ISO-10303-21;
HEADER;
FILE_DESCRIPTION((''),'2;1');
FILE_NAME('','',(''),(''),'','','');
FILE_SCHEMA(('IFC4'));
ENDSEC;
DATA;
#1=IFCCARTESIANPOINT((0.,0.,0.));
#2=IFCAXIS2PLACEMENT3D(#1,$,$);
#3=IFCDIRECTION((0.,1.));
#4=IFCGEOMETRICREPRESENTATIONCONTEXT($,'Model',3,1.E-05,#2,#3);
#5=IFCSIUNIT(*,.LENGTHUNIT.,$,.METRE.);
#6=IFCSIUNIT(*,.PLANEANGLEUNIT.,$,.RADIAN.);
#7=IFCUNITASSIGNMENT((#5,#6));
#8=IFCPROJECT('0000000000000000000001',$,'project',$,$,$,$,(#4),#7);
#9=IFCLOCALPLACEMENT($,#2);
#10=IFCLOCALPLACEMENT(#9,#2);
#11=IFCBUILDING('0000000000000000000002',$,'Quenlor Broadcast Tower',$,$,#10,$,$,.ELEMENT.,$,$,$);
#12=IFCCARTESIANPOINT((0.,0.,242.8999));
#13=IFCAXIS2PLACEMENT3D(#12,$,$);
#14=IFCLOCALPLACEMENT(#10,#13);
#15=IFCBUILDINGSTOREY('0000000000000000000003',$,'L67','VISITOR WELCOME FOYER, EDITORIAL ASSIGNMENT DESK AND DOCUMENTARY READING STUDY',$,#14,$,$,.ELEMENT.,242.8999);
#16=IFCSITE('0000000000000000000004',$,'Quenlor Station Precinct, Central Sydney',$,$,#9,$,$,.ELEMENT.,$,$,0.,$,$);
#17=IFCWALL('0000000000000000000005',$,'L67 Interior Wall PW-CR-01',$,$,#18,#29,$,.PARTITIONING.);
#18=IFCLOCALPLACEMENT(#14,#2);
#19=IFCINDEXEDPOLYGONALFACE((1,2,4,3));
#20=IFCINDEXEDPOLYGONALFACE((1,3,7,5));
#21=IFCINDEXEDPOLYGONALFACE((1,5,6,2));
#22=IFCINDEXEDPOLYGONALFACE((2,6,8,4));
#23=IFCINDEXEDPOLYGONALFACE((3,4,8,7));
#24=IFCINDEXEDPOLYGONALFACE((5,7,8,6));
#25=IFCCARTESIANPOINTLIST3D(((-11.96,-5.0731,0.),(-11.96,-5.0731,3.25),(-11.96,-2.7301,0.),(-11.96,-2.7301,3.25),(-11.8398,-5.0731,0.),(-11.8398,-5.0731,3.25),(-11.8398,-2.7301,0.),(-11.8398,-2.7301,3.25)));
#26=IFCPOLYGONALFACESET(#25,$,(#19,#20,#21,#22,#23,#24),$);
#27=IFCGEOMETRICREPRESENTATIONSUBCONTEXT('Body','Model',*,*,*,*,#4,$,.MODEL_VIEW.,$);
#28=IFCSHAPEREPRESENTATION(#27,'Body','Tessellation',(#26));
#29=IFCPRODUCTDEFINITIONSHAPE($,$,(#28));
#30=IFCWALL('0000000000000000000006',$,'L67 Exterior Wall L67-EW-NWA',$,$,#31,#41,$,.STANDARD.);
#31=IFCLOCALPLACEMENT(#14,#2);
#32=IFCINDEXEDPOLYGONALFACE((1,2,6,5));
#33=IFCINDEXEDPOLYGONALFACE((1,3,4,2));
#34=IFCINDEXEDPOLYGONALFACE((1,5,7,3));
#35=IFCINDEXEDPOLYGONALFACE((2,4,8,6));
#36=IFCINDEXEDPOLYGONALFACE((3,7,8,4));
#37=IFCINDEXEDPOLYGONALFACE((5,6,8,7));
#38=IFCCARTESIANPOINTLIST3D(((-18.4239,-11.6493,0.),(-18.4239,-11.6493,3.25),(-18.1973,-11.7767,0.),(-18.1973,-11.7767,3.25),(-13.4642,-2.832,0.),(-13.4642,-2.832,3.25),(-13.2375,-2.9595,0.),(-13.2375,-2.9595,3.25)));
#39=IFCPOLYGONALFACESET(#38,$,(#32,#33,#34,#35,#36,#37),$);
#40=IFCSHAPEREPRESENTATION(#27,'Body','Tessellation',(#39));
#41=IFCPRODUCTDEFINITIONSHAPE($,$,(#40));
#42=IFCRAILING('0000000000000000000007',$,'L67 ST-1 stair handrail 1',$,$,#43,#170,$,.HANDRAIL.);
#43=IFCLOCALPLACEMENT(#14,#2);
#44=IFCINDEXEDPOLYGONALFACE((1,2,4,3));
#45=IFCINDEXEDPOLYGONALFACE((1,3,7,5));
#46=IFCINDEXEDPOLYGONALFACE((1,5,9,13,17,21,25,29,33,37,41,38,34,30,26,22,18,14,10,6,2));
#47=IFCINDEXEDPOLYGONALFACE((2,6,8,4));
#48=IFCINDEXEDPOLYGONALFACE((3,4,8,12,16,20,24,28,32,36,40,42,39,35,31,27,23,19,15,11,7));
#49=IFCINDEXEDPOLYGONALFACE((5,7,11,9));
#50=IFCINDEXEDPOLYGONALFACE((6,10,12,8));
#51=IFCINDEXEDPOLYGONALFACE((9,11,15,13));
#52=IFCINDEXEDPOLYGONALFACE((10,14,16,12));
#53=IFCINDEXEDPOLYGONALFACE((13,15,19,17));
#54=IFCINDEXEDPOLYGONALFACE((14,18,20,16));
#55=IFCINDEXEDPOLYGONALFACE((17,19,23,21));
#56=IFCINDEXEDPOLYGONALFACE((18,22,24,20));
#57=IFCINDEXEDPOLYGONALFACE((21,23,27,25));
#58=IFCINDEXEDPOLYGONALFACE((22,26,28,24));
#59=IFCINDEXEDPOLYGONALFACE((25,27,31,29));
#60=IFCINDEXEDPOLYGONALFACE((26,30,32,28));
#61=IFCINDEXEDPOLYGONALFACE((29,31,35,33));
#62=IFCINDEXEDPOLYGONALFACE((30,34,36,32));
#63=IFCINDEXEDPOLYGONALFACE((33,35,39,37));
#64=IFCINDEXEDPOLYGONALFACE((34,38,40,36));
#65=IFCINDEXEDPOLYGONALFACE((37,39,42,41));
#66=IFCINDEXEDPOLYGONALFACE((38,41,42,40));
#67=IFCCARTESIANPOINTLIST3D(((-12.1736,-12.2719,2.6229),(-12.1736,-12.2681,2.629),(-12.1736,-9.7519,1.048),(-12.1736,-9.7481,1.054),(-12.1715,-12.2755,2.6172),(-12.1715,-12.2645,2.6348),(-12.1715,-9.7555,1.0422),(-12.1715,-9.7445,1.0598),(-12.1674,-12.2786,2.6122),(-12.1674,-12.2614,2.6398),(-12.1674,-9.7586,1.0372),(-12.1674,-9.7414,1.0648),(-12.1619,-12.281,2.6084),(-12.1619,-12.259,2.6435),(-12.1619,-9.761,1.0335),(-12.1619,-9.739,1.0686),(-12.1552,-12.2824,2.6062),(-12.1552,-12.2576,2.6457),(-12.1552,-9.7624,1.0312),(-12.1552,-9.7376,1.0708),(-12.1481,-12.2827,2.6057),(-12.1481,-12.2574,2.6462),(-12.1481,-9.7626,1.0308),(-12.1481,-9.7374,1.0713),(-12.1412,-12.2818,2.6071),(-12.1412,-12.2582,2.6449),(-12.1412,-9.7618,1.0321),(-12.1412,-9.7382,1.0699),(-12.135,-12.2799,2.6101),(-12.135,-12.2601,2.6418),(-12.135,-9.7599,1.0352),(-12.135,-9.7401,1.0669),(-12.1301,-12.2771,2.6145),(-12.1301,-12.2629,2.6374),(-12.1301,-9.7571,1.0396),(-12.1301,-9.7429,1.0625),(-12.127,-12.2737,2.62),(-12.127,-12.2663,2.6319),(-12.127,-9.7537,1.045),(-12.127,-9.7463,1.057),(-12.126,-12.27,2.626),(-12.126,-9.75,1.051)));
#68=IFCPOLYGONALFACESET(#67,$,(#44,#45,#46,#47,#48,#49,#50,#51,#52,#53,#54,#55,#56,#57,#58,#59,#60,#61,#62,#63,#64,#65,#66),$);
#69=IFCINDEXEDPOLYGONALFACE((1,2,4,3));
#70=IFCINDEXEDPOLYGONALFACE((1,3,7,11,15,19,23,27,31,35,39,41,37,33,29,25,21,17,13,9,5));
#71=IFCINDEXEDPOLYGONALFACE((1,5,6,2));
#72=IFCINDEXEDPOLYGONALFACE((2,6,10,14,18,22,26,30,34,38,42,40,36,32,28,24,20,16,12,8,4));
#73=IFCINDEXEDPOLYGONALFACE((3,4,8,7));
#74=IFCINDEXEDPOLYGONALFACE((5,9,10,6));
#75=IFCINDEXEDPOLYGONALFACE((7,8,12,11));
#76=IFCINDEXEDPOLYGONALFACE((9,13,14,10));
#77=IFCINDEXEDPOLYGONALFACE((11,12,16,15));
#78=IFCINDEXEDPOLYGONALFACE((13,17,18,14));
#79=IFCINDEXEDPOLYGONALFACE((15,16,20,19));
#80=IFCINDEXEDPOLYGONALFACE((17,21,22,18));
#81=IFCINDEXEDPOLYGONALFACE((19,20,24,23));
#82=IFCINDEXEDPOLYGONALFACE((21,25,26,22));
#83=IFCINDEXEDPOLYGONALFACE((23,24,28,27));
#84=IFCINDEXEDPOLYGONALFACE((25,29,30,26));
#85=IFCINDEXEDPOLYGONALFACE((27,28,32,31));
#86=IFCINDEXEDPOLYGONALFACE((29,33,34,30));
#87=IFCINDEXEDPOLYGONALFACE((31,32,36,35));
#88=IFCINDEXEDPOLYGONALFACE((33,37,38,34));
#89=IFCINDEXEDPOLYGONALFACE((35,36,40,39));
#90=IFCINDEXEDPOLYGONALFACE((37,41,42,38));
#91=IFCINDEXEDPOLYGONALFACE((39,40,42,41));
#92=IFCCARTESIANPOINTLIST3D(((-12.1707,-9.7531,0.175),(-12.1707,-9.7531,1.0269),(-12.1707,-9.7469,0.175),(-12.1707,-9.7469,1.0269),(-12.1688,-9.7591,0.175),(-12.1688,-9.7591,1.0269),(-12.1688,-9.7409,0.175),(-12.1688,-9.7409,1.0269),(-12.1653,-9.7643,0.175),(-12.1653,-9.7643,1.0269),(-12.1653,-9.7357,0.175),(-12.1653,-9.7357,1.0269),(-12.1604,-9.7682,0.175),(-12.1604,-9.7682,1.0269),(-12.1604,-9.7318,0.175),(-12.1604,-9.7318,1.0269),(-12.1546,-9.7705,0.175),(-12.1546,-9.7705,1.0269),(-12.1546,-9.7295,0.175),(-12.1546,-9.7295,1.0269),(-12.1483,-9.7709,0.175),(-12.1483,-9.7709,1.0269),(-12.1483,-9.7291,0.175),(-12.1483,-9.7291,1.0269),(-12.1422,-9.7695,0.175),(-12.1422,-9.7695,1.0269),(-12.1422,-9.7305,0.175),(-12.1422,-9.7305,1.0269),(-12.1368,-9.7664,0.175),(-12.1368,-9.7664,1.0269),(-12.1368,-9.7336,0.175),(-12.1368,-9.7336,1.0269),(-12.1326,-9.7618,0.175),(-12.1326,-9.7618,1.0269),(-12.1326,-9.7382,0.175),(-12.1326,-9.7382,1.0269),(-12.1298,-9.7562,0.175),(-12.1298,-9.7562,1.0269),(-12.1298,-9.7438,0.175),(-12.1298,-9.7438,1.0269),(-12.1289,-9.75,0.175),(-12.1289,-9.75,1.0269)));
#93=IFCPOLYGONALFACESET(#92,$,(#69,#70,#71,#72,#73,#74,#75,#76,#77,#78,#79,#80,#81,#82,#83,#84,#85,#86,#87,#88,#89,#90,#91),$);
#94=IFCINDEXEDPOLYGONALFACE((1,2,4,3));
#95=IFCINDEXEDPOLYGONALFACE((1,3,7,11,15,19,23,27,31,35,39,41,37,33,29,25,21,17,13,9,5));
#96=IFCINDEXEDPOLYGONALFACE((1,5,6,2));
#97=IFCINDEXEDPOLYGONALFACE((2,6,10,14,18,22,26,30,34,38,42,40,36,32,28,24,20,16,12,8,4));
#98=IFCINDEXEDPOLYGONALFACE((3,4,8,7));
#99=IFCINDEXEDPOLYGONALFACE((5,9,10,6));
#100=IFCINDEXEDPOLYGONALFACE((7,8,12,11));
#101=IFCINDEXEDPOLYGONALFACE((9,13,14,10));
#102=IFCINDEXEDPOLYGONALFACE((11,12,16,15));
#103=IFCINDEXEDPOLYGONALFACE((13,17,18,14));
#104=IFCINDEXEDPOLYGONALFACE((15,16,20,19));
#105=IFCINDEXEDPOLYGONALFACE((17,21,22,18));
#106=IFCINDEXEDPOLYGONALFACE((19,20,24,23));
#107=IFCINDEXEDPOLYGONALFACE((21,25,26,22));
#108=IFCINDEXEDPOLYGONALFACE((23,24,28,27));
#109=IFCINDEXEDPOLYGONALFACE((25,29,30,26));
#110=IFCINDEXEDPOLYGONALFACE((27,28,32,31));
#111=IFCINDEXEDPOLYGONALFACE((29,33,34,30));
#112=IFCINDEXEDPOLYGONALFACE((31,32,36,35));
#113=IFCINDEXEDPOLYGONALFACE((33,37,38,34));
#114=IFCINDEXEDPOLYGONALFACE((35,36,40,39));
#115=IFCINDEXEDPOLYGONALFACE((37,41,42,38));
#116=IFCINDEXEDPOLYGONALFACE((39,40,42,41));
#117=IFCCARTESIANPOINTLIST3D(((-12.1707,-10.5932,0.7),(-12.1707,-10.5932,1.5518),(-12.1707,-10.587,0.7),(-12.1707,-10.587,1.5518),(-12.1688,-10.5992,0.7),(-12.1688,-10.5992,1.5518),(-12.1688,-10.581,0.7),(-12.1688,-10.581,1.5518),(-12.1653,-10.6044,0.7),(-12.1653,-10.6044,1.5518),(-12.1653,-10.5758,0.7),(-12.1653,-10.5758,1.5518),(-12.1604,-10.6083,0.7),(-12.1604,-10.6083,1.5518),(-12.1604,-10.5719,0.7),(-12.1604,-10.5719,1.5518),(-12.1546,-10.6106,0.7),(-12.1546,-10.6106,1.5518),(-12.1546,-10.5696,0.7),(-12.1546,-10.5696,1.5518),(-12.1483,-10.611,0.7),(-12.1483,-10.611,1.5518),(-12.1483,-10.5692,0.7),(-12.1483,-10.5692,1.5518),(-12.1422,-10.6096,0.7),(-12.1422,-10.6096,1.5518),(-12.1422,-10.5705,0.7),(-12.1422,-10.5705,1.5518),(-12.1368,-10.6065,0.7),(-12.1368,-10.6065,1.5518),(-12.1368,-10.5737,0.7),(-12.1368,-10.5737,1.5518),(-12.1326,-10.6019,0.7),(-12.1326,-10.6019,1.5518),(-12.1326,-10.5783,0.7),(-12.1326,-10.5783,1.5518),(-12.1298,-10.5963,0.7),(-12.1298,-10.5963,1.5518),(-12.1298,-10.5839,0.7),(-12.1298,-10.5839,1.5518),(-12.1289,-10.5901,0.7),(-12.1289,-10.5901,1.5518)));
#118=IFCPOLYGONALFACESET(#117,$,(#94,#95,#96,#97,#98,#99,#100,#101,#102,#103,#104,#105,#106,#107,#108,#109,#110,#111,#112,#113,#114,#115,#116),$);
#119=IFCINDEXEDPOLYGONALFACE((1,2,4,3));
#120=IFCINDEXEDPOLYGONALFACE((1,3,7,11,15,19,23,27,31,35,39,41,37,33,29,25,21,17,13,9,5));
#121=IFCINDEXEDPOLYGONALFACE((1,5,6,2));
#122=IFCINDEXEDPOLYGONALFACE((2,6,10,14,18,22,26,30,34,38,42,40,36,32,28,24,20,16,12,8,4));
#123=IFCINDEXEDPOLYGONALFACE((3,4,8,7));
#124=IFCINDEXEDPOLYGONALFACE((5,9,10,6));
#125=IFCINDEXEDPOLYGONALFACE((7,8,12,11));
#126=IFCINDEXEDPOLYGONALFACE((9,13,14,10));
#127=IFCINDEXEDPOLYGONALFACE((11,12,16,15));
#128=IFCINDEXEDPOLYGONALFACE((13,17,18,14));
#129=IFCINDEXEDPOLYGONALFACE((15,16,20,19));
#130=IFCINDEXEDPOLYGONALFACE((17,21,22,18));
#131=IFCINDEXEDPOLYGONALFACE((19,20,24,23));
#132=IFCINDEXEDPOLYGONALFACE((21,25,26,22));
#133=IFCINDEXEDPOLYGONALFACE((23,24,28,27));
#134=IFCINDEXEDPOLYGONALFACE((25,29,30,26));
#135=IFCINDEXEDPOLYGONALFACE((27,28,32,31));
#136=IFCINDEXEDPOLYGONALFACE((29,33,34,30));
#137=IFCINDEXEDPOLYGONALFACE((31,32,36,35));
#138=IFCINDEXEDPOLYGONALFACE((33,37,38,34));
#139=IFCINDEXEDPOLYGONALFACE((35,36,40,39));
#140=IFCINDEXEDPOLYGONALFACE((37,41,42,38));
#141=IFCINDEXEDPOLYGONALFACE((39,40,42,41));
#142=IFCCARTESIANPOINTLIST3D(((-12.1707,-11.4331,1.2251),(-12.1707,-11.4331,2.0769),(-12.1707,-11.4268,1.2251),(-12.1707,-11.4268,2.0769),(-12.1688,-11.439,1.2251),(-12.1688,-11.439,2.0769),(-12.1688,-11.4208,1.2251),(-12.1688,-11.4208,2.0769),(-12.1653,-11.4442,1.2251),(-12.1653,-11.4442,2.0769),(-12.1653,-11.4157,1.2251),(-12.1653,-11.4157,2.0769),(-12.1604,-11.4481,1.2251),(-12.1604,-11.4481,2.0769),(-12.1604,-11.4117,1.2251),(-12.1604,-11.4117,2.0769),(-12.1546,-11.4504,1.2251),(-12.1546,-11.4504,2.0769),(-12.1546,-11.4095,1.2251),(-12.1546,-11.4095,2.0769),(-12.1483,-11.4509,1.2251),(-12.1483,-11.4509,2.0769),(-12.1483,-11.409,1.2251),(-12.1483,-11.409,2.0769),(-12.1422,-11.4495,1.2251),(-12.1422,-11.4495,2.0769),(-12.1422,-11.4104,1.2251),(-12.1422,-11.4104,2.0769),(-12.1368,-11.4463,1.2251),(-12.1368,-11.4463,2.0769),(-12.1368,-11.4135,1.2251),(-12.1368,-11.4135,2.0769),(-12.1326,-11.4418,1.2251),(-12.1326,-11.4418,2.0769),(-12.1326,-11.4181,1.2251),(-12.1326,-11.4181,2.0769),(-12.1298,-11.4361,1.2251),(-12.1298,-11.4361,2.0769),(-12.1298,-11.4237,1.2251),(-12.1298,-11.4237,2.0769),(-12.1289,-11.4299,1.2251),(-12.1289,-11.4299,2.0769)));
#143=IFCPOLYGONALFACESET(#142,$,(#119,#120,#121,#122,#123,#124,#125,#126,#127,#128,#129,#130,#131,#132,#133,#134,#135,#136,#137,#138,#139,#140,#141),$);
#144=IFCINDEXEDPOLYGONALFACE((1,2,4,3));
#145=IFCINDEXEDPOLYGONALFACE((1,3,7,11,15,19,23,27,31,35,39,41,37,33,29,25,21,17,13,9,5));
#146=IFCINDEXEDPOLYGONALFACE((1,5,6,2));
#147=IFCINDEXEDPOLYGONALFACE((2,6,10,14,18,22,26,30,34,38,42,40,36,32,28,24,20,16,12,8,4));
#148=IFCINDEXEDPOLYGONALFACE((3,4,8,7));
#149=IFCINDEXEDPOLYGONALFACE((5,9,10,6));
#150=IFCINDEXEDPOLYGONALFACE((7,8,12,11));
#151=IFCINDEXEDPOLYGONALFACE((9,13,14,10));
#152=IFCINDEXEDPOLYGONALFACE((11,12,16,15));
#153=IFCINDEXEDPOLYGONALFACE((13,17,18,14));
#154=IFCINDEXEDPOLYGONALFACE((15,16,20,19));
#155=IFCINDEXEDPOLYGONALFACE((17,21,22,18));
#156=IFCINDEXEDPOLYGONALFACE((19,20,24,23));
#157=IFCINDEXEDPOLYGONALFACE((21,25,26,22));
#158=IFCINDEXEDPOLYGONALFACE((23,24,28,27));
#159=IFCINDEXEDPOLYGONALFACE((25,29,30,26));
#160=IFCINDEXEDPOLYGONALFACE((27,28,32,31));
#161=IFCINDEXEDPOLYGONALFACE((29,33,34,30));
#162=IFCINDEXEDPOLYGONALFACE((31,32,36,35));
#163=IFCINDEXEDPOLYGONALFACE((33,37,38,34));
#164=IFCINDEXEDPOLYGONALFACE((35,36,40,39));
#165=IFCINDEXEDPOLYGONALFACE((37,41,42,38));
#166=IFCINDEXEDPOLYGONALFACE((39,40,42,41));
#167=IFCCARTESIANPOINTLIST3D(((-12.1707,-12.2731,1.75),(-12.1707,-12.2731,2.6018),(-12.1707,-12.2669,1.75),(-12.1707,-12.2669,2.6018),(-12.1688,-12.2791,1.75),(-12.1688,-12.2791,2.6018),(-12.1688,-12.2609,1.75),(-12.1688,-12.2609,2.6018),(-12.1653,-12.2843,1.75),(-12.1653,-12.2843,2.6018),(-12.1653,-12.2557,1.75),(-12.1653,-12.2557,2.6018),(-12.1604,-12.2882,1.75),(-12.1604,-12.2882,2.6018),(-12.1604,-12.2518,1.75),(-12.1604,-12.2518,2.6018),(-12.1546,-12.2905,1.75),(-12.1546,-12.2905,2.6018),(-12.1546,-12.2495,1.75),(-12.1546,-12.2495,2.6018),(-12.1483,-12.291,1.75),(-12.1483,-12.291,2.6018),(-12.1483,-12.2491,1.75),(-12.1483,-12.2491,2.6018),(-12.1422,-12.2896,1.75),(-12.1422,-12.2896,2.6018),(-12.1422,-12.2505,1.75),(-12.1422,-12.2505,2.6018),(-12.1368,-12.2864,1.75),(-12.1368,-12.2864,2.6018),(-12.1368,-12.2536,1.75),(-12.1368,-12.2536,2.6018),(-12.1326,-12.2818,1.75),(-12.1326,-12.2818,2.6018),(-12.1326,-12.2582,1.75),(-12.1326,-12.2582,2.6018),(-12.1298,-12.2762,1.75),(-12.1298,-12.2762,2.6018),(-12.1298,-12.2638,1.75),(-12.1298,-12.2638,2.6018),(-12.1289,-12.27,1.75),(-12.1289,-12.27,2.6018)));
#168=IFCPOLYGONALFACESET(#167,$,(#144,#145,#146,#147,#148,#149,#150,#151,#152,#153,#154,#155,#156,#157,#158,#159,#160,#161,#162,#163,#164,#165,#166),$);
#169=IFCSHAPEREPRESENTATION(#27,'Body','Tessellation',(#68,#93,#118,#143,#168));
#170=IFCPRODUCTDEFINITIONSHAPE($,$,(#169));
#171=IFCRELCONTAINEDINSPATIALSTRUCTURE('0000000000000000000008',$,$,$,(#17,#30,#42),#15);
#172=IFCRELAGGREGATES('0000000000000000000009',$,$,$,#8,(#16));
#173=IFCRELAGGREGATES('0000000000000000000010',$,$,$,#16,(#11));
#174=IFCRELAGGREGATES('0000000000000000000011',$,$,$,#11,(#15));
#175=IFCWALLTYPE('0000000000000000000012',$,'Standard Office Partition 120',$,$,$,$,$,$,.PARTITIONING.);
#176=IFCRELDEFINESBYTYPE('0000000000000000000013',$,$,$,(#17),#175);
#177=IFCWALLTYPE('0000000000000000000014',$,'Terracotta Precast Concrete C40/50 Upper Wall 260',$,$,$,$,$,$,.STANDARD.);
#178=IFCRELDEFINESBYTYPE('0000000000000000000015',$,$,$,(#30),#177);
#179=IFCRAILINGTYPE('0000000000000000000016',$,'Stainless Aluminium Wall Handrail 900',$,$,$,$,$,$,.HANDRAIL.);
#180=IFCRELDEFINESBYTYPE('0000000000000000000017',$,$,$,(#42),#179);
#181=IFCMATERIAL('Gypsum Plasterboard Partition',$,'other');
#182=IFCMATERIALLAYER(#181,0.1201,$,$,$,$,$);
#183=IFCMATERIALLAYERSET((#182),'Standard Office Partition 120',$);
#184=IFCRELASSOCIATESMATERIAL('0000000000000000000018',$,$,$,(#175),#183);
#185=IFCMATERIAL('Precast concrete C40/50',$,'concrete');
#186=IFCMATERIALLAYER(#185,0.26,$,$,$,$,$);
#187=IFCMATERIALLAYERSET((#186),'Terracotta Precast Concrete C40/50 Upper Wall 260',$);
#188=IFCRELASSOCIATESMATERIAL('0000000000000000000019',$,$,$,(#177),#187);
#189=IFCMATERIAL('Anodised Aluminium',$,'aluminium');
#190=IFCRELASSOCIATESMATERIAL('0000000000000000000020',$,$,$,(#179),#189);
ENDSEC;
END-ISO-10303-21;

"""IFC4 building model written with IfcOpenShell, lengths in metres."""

from ifc_helpers import new_model, si_unit, direction, frame, frame_2d, origin, origin_2d, place, context, subcontext, project, spatial, rectangle, circle, extrude, material, layer, layer_set, type_object, element, save


model = new_model("IFC4")

# Units and contexts
model_context = context("Model", 3, precision=1e-05, world=origin(), true_north=direction((0.0, 1.0)))
body_context = subcontext(model_context, "Body", "Model", "MODEL_VIEW")
ifc_project = project(units=[si_unit("LENGTHUNIT", "METRE"), si_unit("PLANEANGLEUNIT", "RADIAN")], contexts=[model_context])

# Site, building, storey
site_placement = place(None, origin())
site = spatial("IfcSite", under=ifc_project, at=site_placement, Name="Quenlor Station Precinct, Central Sydney", CompositionType="ELEMENT", RefElevation=0.0)
building_placement = place(site_placement, origin())
building = spatial("IfcBuilding", under=site, at=building_placement, Name="Quenlor Broadcast Tower", CompositionType="ELEMENT")
storey_placement = place(building_placement, frame((0.0, 0.0, 242.8999)))
storey = spatial("IfcBuildingStorey", under=building, at=storey_placement, Name="L67", Description="VISITOR WELCOME FOYER, EDITORIAL ASSIGNMENT DESK AND DOCUMENTARY READING STUDY", CompositionType="ELEMENT", Elevation=242.8999)

# Walls
ifc_material_1 = material(Name="Gypsum Plasterboard Partition", Category="other")
ifc_layer_1 = layer(ifc_material_1, 0.1201)
ifc_layer_set_1 = layer_set([ifc_layer_1], Name="Standard Office Partition 120")
wall_type_1 = type_object("IfcWallType", Name="Standard Office Partition 120", PredefinedType="PARTITIONING", material=ifc_layer_set_1)
wall_1_placement = place(storey_placement, frame((-11.8999, -5.073, 0.0), z_axis=(0.0, 0.0, 1.0), x_axis=(0.0, 1.0, 0.0)))
element("IfcWall", 1, at=wall_1_placement, inside=storey, type_object=wall_type_1, Name="L67 Interior Wall PW-CR-01", PredefinedType="PARTITIONING", context=body_context, shape_type="SweptSolid", body=[
    extrude(rectangle(XDim=2.343, YDim=0.1201, at=frame_2d((1.1714, 0.0))), origin(), (0.0, 0.0, 1.0), 3.25),
])
ifc_material_2 = material(Name="Precast concrete C40/50", Category="concrete")
ifc_layer_2 = layer(ifc_material_2, 0.26)
ifc_layer_set_2 = layer_set([ifc_layer_2], Name="Terracotta Precast Concrete C40/50 Upper Wall 260")
wall_type_2 = type_object("IfcWallType", Name="Terracotta Precast Concrete C40/50 Upper Wall 260", PredefinedType="STANDARD", material=ifc_layer_set_2)
wall_2_placement = place(storey_placement, frame((-18.3105, -11.7129, 0.0), z_axis=(0.0, 0.0, 1.0), x_axis=(0.490267, 0.871572, 0.0)))
element("IfcWall", 2, at=wall_2_placement, inside=storey, type_object=wall_type_2, Name="L67 Exterior Wall L67-EW-NWA", PredefinedType="STANDARD", context=body_context, shape_type="SweptSolid", body=[
    extrude(rectangle(XDim=10.1165, YDim=0.26, at=frame_2d((5.0581, 0.0))), origin(), (0.0, 0.0, 1.0), 3.25),
])

# Railing
ifc_material_3 = material(Name="Anodised Aluminium", Category="aluminium")
railing_type = type_object("IfcRailingType", Name="Stainless Aluminium Wall Handrail 900", PredefinedType="HANDRAIL", material=ifc_material_3)
railing_placement = place(storey_placement, frame((-12.1499, -9.75, 0.175)))
element("IfcRailing", 3, at=railing_placement, inside=storey, type_object=railing_type, Name="L67 ST-1 stair handrail 1", PredefinedType="HANDRAIL", context=body_context, shape_type="SweptSolid", body=[
    extrude(circle(Radius=0.0239, at=origin_2d()), frame((0.0, 0.0, 0.876), z_axis=(0.0, -0.848008, 0.529984), x_axis=(1.0, 0.0, 0.0)), (0.0, 0.0, 1.0), 2.9717),
    extrude(circle(Radius=0.021, at=origin_2d()), origin(), (0.0, 0.0, 1.0), 0.8518),
    extrude(circle(Radius=0.021, at=origin_2d()), frame((0.0, -0.8401, 0.5249)), (0.0, 0.0, 1.0), 0.8518),
    extrude(circle(Radius=0.021, at=origin_2d()), frame((0.0, -1.6799, 1.05)), (0.0, 0.0, 1.0), 0.8518),
    extrude(circle(Radius=0.021, at=origin_2d()), frame((0.0, -2.52, 1.575)), (0.0, 0.0, 1.0), 0.8518),
])

save(model, "model.ifc")
